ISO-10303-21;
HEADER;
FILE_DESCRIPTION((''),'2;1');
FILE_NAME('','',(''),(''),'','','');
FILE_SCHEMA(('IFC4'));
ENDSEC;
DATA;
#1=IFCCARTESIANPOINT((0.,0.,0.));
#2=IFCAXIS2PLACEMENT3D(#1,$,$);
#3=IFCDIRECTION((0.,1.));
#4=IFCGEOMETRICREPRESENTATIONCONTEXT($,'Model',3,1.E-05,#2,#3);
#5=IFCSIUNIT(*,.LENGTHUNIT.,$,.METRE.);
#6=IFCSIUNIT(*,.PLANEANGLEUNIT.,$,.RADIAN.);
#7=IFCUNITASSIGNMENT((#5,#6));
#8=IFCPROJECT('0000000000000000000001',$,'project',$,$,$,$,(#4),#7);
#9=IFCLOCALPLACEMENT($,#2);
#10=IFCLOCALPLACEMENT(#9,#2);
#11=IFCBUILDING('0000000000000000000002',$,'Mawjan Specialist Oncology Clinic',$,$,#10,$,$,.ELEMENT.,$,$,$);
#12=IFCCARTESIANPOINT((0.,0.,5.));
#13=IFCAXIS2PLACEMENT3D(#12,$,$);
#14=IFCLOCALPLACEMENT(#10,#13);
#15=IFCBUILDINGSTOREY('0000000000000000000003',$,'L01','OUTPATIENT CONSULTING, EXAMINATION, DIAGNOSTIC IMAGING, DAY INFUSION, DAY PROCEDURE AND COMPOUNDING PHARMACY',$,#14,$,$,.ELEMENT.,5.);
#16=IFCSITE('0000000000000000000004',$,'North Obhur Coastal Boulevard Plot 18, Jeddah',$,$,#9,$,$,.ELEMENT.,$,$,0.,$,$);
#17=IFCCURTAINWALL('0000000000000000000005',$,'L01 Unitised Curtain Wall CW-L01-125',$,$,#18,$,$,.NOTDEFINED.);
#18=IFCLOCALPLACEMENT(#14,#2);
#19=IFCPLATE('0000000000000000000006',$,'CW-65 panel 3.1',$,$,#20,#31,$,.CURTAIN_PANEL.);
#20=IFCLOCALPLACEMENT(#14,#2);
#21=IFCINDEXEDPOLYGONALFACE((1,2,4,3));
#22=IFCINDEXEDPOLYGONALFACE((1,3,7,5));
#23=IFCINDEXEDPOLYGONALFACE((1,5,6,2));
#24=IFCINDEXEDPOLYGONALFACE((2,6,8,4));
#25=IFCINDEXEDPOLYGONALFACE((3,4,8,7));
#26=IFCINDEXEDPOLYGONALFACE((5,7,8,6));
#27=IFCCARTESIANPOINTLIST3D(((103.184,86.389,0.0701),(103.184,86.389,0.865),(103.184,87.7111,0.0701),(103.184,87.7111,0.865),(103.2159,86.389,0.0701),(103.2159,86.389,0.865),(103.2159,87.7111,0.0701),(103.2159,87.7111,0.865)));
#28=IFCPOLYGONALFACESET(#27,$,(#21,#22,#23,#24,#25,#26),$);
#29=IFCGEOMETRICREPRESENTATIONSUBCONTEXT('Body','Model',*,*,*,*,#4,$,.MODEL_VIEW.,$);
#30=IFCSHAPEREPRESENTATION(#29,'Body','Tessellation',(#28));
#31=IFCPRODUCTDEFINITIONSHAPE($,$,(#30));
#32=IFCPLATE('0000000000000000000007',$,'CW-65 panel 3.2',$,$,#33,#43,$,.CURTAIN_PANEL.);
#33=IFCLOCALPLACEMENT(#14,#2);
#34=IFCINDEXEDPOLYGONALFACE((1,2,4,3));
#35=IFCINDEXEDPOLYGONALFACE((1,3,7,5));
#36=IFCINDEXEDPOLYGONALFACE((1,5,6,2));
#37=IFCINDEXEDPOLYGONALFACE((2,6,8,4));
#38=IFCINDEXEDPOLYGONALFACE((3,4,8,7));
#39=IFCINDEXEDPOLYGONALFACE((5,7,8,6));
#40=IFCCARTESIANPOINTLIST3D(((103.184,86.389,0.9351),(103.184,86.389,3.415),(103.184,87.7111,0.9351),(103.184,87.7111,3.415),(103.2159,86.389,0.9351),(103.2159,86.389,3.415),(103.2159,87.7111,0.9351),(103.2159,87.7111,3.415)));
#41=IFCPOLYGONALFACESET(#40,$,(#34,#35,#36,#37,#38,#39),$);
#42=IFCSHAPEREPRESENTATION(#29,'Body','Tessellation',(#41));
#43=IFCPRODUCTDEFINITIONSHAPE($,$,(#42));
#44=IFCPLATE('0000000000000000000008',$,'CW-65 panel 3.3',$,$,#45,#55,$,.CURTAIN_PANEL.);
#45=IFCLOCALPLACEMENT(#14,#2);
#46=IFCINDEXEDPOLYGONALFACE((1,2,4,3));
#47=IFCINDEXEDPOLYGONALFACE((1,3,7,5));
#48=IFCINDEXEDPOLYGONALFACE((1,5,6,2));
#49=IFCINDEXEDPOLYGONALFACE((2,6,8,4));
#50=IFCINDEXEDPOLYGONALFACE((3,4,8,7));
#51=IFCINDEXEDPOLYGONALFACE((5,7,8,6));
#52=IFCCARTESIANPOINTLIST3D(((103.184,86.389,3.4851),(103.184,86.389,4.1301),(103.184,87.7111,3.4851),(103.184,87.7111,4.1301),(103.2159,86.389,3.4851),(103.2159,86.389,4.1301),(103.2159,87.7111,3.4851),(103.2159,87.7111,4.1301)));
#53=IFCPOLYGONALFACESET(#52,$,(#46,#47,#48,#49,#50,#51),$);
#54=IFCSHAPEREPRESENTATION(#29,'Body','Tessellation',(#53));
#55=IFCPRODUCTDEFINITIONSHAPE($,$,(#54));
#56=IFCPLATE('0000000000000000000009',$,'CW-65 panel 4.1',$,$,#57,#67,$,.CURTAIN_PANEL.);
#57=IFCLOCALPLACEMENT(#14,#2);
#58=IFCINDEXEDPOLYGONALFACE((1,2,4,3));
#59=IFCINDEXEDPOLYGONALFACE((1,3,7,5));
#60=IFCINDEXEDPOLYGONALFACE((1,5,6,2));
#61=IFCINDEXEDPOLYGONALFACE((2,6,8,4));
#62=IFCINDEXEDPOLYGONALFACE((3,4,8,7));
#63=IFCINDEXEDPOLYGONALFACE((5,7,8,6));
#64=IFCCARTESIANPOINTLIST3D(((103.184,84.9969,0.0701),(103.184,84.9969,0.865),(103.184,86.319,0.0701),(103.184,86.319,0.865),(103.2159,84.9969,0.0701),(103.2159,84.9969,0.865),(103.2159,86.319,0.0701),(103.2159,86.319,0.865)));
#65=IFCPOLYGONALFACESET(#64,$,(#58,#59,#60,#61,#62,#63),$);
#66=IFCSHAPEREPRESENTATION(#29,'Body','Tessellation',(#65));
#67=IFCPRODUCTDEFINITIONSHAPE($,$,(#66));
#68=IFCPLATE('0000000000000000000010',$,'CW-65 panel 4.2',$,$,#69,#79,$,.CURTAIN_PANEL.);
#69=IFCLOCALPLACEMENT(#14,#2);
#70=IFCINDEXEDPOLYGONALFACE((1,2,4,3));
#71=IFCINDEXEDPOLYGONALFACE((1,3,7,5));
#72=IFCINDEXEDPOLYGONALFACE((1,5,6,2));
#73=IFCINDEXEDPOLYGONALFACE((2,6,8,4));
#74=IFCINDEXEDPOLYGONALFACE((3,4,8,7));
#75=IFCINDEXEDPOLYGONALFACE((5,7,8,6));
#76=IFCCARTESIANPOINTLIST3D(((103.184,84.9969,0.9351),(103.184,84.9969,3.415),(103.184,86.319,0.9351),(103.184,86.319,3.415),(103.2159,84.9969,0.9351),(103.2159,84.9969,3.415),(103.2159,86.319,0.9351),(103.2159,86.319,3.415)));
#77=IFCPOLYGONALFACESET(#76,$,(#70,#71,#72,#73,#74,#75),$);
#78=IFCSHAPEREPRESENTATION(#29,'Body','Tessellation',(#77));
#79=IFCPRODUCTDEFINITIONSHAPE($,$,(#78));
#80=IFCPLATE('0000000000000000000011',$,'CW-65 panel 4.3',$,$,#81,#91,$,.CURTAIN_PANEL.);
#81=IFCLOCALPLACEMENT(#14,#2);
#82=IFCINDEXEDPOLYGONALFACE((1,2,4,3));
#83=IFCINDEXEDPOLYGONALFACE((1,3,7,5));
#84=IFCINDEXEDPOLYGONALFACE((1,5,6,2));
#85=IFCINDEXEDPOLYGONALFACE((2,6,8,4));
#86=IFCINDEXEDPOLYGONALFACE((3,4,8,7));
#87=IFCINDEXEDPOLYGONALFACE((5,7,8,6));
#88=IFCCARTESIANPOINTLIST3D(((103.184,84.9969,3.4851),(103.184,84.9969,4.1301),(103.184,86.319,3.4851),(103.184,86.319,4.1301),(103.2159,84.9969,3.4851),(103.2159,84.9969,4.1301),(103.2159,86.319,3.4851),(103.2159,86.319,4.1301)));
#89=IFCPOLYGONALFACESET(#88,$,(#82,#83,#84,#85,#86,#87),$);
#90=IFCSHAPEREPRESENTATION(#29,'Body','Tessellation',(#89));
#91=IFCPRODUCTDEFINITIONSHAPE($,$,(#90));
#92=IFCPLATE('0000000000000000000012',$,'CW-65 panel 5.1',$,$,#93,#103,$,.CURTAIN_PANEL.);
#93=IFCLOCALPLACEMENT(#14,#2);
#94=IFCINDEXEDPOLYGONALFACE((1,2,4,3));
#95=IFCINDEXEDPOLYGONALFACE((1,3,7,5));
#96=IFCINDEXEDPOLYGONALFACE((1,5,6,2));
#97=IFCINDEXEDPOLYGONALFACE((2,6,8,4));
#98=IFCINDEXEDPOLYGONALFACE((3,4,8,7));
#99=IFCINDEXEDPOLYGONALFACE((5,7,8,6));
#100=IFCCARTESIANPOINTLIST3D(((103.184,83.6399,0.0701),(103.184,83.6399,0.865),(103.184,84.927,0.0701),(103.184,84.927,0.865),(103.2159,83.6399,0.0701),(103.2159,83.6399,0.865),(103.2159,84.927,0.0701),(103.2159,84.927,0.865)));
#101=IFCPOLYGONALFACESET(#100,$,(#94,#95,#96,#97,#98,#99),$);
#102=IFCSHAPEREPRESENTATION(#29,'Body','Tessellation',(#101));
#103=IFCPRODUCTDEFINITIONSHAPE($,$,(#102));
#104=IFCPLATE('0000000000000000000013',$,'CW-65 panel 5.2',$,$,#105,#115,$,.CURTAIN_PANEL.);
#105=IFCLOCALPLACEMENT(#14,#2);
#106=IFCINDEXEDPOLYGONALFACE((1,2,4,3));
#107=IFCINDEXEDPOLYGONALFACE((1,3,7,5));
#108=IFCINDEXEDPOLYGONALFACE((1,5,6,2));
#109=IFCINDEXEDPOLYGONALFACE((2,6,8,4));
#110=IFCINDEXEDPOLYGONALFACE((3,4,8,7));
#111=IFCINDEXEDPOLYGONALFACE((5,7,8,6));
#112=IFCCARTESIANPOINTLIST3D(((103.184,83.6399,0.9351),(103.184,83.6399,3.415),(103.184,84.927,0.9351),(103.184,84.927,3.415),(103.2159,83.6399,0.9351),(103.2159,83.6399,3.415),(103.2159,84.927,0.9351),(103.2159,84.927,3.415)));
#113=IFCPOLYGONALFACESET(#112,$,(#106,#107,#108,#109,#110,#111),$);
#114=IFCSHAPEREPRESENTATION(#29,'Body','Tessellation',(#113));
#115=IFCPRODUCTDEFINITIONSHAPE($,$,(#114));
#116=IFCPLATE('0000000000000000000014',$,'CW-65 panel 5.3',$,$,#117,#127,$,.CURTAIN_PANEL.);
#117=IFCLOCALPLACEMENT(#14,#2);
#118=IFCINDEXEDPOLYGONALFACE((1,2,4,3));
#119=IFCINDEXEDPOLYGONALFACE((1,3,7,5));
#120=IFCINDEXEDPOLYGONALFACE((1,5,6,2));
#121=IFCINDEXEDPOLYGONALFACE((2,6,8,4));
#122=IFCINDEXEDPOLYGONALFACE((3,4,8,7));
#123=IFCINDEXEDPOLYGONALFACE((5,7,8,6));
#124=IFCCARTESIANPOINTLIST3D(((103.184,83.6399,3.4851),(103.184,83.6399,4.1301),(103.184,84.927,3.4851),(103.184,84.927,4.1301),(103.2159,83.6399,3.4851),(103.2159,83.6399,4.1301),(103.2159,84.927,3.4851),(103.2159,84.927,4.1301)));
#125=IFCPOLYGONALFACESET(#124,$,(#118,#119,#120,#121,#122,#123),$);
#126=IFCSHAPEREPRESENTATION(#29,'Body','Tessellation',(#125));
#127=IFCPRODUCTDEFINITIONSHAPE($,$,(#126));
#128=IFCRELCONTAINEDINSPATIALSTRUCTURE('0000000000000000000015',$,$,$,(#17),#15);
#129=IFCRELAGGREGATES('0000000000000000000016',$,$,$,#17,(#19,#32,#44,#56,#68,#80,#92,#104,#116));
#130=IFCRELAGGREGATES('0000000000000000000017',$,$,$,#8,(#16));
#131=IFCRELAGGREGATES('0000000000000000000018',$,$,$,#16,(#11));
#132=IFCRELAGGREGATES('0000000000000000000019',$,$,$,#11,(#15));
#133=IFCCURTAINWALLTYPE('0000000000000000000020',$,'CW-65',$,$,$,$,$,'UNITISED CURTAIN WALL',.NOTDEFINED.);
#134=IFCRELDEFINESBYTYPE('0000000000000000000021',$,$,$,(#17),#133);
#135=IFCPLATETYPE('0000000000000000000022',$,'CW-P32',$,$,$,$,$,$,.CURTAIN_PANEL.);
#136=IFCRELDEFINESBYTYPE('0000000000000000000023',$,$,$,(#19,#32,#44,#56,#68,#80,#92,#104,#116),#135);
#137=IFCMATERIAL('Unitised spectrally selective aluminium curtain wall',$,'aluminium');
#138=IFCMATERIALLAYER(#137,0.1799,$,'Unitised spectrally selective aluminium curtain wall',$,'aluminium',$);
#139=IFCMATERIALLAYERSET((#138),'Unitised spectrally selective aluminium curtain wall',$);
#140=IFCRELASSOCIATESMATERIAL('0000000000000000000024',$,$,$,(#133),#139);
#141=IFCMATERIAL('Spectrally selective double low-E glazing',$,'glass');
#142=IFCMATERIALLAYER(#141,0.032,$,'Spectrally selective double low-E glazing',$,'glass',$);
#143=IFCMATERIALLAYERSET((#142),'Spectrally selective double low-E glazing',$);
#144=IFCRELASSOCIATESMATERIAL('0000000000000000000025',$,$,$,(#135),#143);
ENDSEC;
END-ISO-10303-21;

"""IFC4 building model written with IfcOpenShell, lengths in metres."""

from ifc_helpers import new_model, si_unit, direction, frame, origin, origin_2d, place, context, subcontext, project, spatial, rectangle, extrude, material, layer, layer_set, type_object, element, aggregate, save


model = new_model("IFC4")

# Units and contexts
model_context = context("Model", 3, precision=1e-05, world=origin(), true_north=direction((0.0, 1.0)))
body_context = subcontext(model_context, "Body", "Model", "MODEL_VIEW")
ifc_project = project(units=[si_unit("LENGTHUNIT", "METRE"), si_unit("PLANEANGLEUNIT", "RADIAN")], contexts=[model_context])

# Site, building, storey
site_placement = place(None, origin())
site = spatial("IfcSite", under=ifc_project, at=site_placement, Name="North Obhur Coastal Boulevard Plot 18, Jeddah", CompositionType="ELEMENT", RefElevation=0.0)
building_placement = place(site_placement, origin())
building = spatial("IfcBuilding", under=site, at=building_placement, Name="Mawjan Specialist Oncology Clinic", CompositionType="ELEMENT")
storey_placement = place(building_placement, frame((0.0, 0.0, 5.0)))
storey = spatial("IfcBuildingStorey", under=building, at=storey_placement, Name="L01", Description="OUTPATIENT CONSULTING, EXAMINATION, DIAGNOSTIC IMAGING, DAY INFUSION, DAY PROCEDURE AND COMPOUNDING PHARMACY", CompositionType="ELEMENT", Elevation=5.0)

# Curtain wall
ifc_material_1 = material(Name="Unitised spectrally selective aluminium curtain wall", Category="aluminium")
ifc_layer_1 = layer(ifc_material_1, 0.1799, Name="Unitised spectrally selective aluminium curtain wall", Category="aluminium")
ifc_layer_set_1 = layer_set([ifc_layer_1], Name="Unitised spectrally selective aluminium curtain wall")
curtain_wall_type_1 = type_object("IfcCurtainWallType", Name="CW-65", ElementType="UNITISED CURTAIN WALL", PredefinedType="NOTDEFINED", material=ifc_layer_set_1)
curtain_wall_1_placement = place(storey_placement, origin())
curtain_wall_1 = element("IfcCurtainWall", 1, at=curtain_wall_1_placement, inside=storey, type_object=curtain_wall_type_1, Name="L01 Unitised Curtain Wall CW-L01-125", PredefinedType="NOTDEFINED")

# Plates
ifc_material_2 = material(Name="Spectrally selective double low-E glazing", Category="glass")
ifc_layer_2 = layer(ifc_material_2, 0.032, Name="Spectrally selective double low-E glazing", Category="glass")
ifc_layer_set_2 = layer_set([ifc_layer_2], Name="Spectrally selective double low-E glazing")
plate_type = type_object("IfcPlateType", Name="CW-P32", PredefinedType="CURTAIN_PANEL", material=ifc_layer_set_2)
plate_1_placement = place(storey_placement, frame((103.2, 87.05, 0.0701), z_axis=(0.0, 0.0, 1.0), x_axis=(0.0, -1.0, 0.0)))
plate_1 = element("IfcPlate", 2, at=plate_1_placement, type_object=plate_type, Name="CW-65 panel 3.1", PredefinedType="CURTAIN_PANEL", context=body_context, shape_type="SweptSolid", body=[
    extrude(rectangle(XDim=1.322, YDim=0.032, at=origin_2d()), origin(), (0.0, 0.0, 1.0), 0.7949),
])
plate_2_placement = place(storey_placement, frame((103.2, 87.05, 0.9351), z_axis=(0.0, 0.0, 1.0), x_axis=(0.0, -1.0, 0.0)))
plate_2 = element("IfcPlate", 3, at=plate_2_placement, type_object=plate_type, Name="CW-65 panel 3.2", PredefinedType="CURTAIN_PANEL", context=body_context, shape_type="SweptSolid", body=[
    extrude(rectangle(XDim=1.322, YDim=0.032, at=origin_2d()), origin(), (0.0, 0.0, 1.0), 2.48),
])
plate_3_placement = place(storey_placement, frame((103.2, 87.05, 3.4851), z_axis=(0.0, 0.0, 1.0), x_axis=(0.0, -1.0, 0.0)))
plate_3 = element("IfcPlate", 4, at=plate_3_placement, type_object=plate_type, Name="CW-65 panel 3.3", PredefinedType="CURTAIN_PANEL", context=body_context, shape_type="SweptSolid", body=[
    extrude(rectangle(XDim=1.322, YDim=0.032, at=origin_2d()), origin(), (0.0, 0.0, 1.0), 0.645),
])
plate_4_placement = place(storey_placement, frame((103.2, 85.658, 0.0701), z_axis=(0.0, 0.0, 1.0), x_axis=(0.0, -1.0, 0.0)))
plate_4 = element("IfcPlate", 5, at=plate_4_placement, type_object=plate_type, Name="CW-65 panel 4.1", PredefinedType="CURTAIN_PANEL", context=body_context, shape_type="SweptSolid", body=[
    extrude(rectangle(XDim=1.322, YDim=0.032, at=origin_2d()), origin(), (0.0, 0.0, 1.0), 0.7949),
])
plate_5_placement = place(storey_placement, frame((103.2, 85.658, 0.9351), z_axis=(0.0, 0.0, 1.0), x_axis=(0.0, -1.0, 0.0)))
plate_5 = element("IfcPlate", 6, at=plate_5_placement, type_object=plate_type, Name="CW-65 panel 4.2", PredefinedType="CURTAIN_PANEL", context=body_context, shape_type="SweptSolid", body=[
    extrude(rectangle(XDim=1.322, YDim=0.032, at=origin_2d()), origin(), (0.0, 0.0, 1.0), 2.48),
])
plate_6_placement = place(storey_placement, frame((103.2, 85.658, 3.4851), z_axis=(0.0, 0.0, 1.0), x_axis=(0.0, -1.0, 0.0)))
plate_6 = element("IfcPlate", 7, at=plate_6_placement, type_object=plate_type, Name="CW-65 panel 4.3", PredefinedType="CURTAIN_PANEL", context=body_context, shape_type="SweptSolid", body=[
    extrude(rectangle(XDim=1.322, YDim=0.032, at=origin_2d()), origin(), (0.0, 0.0, 1.0), 0.645),
])
plate_7_placement = place(storey_placement, frame((103.2, 84.2834, 0.0701), z_axis=(0.0, 0.0, 1.0), x_axis=(0.0, -1.0, 0.0)))
plate_7 = element("IfcPlate", 8, at=plate_7_placement, type_object=plate_type, Name="CW-65 panel 5.1", PredefinedType="CURTAIN_PANEL", context=body_context, shape_type="SweptSolid", body=[
    extrude(rectangle(XDim=1.2871, YDim=0.032, at=origin_2d()), origin(), (0.0, 0.0, 1.0), 0.7949),
])
plate_8_placement = place(storey_placement, frame((103.2, 84.2834, 0.9351), z_axis=(0.0, 0.0, 1.0), x_axis=(0.0, -1.0, 0.0)))
plate_8 = element("IfcPlate", 9, at=plate_8_placement, type_object=plate_type, Name="CW-65 panel 5.2", PredefinedType="CURTAIN_PANEL", context=body_context, shape_type="SweptSolid", body=[
    extrude(rectangle(XDim=1.2871, YDim=0.032, at=origin_2d()), origin(), (0.0, 0.0, 1.0), 2.48),
])
plate_9_placement = place(storey_placement, frame((103.2, 84.2834, 3.4851), z_axis=(0.0, 0.0, 1.0), x_axis=(0.0, -1.0, 0.0)))
plate_9 = element("IfcPlate", 10, at=plate_9_placement, type_object=plate_type, Name="CW-65 panel 5.3", PredefinedType="CURTAIN_PANEL", context=body_context, shape_type="SweptSolid", body=[
    extrude(rectangle(XDim=1.2871, YDim=0.032, at=origin_2d()), origin(), (0.0, 0.0, 1.0), 0.645),
])
aggregate(curtain_wall_1, [plate_1, plate_2, plate_3, plate_4, plate_5, plate_6, plate_7, plate_8, plate_9])

save(model, "model.ifc")
